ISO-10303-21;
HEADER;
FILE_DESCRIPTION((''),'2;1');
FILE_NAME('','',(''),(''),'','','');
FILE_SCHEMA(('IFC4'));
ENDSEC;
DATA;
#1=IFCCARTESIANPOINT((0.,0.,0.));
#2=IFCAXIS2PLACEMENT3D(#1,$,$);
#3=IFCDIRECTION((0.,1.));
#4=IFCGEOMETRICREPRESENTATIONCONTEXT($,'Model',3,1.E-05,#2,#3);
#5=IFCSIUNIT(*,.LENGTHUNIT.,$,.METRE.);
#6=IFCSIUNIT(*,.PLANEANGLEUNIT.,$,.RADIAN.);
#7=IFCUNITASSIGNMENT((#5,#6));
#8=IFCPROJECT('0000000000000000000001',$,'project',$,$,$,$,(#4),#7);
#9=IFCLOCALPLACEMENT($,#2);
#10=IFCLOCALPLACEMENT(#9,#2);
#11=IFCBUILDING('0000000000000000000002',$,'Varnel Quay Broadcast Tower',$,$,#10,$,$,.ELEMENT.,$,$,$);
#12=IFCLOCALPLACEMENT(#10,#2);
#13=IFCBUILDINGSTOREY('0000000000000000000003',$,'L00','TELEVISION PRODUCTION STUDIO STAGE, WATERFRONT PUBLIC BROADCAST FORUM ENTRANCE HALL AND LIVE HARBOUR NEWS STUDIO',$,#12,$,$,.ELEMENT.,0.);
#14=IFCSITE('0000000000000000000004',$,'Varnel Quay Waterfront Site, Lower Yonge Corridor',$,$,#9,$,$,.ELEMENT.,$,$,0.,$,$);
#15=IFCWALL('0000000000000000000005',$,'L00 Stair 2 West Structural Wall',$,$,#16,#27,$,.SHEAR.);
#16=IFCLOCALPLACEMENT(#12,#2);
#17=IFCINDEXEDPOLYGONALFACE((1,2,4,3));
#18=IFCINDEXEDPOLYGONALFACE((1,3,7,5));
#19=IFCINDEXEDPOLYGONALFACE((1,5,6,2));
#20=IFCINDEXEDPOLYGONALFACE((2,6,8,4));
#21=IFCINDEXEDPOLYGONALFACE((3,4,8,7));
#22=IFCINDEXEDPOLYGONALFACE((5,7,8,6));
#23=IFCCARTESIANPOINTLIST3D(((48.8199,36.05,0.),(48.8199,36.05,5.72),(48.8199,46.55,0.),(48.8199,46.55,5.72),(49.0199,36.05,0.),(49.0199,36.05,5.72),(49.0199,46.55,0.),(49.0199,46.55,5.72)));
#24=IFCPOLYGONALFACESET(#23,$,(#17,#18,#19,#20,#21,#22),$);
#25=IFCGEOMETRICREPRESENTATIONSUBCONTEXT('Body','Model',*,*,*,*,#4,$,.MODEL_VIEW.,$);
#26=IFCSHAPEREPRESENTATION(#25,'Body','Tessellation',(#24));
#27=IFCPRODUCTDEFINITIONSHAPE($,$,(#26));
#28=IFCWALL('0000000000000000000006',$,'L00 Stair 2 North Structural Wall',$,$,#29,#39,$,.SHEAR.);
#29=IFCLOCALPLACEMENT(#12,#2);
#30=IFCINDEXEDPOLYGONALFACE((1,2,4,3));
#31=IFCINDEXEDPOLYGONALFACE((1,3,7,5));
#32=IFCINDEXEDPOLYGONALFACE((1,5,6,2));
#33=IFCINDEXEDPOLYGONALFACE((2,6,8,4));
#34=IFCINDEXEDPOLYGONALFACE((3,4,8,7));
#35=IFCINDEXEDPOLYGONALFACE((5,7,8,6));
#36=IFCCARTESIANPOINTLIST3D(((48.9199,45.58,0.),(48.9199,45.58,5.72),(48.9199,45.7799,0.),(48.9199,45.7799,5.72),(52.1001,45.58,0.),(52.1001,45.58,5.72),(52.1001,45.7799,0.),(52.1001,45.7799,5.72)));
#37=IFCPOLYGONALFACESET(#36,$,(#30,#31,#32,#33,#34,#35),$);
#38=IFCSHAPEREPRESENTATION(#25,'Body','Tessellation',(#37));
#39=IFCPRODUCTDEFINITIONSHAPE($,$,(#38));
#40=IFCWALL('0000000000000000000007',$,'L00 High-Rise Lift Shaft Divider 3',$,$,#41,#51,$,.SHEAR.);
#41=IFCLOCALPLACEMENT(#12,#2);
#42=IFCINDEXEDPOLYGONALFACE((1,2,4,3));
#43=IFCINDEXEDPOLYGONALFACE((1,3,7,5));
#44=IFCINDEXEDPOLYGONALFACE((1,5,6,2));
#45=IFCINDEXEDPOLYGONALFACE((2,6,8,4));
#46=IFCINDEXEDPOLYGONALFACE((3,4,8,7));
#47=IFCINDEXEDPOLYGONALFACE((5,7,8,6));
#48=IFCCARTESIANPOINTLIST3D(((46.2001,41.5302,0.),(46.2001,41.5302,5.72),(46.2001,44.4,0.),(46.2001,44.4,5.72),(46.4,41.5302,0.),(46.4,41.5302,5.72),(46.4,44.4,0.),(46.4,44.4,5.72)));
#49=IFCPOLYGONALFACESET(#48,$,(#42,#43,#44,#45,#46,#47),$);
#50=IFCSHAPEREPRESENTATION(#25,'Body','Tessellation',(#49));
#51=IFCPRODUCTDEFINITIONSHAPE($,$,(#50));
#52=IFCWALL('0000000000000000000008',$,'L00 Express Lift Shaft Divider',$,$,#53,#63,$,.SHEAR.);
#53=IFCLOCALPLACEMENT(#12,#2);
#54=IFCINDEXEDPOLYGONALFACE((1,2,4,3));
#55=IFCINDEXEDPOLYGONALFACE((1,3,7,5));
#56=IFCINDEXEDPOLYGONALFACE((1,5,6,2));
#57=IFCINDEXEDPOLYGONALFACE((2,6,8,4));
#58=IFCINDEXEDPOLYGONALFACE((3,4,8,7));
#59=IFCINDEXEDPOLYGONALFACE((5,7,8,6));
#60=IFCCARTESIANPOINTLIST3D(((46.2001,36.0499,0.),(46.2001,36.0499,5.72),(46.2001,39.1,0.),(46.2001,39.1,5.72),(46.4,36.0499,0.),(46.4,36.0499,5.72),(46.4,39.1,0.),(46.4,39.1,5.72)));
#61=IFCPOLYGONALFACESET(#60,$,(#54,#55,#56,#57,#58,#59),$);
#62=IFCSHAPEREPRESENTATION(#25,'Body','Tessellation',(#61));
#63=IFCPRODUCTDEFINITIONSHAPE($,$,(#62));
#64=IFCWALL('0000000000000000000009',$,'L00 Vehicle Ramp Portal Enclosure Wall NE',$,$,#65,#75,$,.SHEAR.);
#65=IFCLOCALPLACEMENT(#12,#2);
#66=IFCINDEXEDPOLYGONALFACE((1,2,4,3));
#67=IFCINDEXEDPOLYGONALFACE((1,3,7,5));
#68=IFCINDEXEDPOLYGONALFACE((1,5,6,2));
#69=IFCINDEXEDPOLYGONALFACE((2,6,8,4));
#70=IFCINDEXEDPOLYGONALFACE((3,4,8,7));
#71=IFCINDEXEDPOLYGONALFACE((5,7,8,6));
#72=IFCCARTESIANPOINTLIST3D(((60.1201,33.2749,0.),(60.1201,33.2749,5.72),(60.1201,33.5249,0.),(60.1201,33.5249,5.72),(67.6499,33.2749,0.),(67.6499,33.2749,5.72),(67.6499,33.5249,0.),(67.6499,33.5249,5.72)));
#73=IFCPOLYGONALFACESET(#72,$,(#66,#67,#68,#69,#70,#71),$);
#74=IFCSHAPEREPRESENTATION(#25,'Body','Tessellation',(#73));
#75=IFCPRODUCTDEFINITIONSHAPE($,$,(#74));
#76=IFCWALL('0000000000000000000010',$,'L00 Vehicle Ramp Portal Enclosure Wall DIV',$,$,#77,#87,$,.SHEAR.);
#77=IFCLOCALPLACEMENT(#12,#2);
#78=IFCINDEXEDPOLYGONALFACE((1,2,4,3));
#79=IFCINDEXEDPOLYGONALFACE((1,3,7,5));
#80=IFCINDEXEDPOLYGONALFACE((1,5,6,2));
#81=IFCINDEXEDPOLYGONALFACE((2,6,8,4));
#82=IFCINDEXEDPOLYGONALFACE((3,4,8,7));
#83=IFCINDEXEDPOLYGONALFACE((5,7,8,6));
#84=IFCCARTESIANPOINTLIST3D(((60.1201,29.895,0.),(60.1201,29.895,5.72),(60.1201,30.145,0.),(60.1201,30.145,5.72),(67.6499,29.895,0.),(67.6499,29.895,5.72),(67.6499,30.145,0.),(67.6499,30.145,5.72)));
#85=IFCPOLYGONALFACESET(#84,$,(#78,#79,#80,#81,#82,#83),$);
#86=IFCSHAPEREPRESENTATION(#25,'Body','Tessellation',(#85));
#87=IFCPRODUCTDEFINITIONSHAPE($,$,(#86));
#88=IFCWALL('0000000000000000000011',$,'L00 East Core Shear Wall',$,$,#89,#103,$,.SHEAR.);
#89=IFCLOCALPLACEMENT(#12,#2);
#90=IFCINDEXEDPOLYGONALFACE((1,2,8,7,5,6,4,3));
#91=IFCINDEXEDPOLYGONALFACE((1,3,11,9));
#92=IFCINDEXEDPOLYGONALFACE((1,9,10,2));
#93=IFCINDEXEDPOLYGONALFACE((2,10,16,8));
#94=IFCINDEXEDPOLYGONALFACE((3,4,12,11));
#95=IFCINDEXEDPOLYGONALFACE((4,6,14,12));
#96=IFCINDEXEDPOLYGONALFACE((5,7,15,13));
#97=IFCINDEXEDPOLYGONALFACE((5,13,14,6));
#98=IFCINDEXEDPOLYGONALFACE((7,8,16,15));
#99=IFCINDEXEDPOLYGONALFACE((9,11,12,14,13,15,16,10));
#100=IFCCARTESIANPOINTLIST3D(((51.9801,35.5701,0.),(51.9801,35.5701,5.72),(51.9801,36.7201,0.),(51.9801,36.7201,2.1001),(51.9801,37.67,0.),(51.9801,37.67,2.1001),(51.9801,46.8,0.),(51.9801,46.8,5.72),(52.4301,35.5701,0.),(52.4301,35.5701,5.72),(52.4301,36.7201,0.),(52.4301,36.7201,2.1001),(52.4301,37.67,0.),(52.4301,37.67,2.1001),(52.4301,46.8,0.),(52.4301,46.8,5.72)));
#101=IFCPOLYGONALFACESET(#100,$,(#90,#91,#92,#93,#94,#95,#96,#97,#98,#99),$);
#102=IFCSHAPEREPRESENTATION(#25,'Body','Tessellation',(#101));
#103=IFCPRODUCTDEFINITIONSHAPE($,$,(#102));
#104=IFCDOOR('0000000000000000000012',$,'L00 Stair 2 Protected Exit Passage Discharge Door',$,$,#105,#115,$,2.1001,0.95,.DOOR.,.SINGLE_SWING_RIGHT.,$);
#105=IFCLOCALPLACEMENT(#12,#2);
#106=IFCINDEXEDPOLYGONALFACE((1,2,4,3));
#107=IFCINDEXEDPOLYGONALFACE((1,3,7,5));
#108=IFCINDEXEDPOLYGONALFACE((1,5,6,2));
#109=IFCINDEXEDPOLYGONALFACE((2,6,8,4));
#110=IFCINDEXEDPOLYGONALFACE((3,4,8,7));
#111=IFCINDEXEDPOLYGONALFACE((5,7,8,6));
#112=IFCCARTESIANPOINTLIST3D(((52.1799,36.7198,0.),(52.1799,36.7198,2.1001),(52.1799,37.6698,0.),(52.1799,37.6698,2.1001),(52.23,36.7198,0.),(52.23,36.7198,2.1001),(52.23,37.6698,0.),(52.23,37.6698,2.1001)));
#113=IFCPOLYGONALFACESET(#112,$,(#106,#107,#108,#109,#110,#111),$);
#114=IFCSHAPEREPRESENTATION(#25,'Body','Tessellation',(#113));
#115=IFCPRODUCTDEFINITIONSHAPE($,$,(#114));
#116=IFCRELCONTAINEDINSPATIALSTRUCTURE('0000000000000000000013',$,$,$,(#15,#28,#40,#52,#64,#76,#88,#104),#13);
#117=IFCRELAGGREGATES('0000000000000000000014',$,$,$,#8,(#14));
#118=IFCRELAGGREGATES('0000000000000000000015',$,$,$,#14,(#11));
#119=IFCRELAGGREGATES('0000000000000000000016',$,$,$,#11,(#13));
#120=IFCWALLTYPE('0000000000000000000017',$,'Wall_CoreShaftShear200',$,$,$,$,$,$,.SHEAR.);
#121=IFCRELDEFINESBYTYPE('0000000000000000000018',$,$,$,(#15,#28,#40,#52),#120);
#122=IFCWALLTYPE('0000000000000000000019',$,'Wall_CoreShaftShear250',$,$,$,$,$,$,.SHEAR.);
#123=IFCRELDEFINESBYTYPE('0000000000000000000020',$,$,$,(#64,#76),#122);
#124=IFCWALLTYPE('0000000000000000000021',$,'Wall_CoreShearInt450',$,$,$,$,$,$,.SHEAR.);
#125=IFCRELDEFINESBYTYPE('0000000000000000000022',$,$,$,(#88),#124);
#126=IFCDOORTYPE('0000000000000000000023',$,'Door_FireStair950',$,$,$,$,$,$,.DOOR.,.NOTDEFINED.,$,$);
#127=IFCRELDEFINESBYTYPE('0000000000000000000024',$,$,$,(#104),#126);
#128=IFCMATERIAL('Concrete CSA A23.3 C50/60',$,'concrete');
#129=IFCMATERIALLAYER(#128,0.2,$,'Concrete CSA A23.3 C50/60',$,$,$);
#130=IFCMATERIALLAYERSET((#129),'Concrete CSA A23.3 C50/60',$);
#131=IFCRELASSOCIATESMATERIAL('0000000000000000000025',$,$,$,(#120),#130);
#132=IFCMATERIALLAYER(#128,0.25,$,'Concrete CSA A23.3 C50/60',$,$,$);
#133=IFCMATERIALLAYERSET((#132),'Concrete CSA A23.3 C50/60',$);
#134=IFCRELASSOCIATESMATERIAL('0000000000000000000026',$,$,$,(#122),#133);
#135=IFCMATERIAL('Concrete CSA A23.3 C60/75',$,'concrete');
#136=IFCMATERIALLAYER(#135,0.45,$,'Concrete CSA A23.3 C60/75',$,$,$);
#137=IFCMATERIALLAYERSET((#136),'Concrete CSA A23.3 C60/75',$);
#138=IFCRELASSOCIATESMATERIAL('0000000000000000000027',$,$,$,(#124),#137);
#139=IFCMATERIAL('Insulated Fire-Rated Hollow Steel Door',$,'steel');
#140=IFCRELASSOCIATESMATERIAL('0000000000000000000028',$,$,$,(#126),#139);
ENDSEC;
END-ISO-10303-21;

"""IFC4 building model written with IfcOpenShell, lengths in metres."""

from ifc_helpers import new_model, si_unit, direction, frame, frame_2d, origin, place, context, subcontext, project, spatial, rectangle, extrude, source, transform, mapped, material, layer, layer_set, type_object, type_shapes, element, fill, save


model = new_model("IFC4")

# Units and contexts
model_context = context("Model", 3, precision=1e-05, world=origin(), true_north=direction((0.0, 1.0)))
body_context = subcontext(model_context, "Body", "Model", "MODEL_VIEW")
ifc_project = project(units=[si_unit("LENGTHUNIT", "METRE"), si_unit("PLANEANGLEUNIT", "RADIAN")], contexts=[model_context])

# Site, building, storey
site_placement = place(None, origin())
site = spatial("IfcSite", under=ifc_project, at=site_placement, Name="Varnel Quay Waterfront Site, Lower Yonge Corridor", CompositionType="ELEMENT", RefElevation=0.0)
building_placement = place(site_placement, origin())
building = spatial("IfcBuilding", under=site, at=building_placement, Name="Varnel Quay Broadcast Tower", CompositionType="ELEMENT")
storey_placement = place(building_placement, origin())
storey = spatial("IfcBuildingStorey", under=building, at=storey_placement, Name="L00", Description="TELEVISION PRODUCTION STUDIO STAGE, WATERFRONT PUBLIC BROADCAST FORUM ENTRANCE HALL AND LIVE HARBOUR NEWS STUDIO", CompositionType="ELEMENT", Elevation=0.0)

# Walls
ifc_material_1 = material(Name="Concrete CSA A23.3 C50/60", Category="concrete")
ifc_layer_1 = layer(ifc_material_1, 0.2, Name="Concrete CSA A23.3 C50/60")
ifc_layer_set_1 = layer_set([ifc_layer_1], Name="Concrete CSA A23.3 C50/60")
wall_type_1 = type_object("IfcWallType", Name="Wall_CoreShaftShear200", PredefinedType="SHEAR", material=ifc_layer_set_1)
wall_1_placement = place(storey_placement, frame((48.9199, 36.05, 0.0), z_axis=(0.0, 0.0, 1.0), x_axis=(0.0, 1.0, 0.0)))
element("IfcWall", 1, at=wall_1_placement, inside=storey, type_object=wall_type_1, Name="L00 Stair 2 West Structural Wall", PredefinedType="SHEAR", context=body_context, shape_type="SweptSolid", body=[
    extrude(rectangle(XDim=10.5, YDim=0.2, at=frame_2d((5.25, 0.0))), origin(), (0.0, 0.0, 1.0), 5.72),
])
wall_2_placement = place(storey_placement, frame((48.9199, 45.6799, 0.0), z_axis=(0.0, 0.0, 1.0), x_axis=(1.0, 0.0, 0.0)))
element("IfcWall", 2, at=wall_2_placement, inside=storey, type_object=wall_type_1, Name="L00 Stair 2 North Structural Wall", PredefinedType="SHEAR", context=body_context, shape_type="SweptSolid", body=[
    extrude(rectangle(XDim=3.1802, YDim=0.2, at=frame_2d((1.5901, 0.0))), origin(), (0.0, 0.0, 1.0), 5.72),
])
wall_3_placement = place(storey_placement, frame((46.3, 41.53, 0.0), z_axis=(0.0, 0.0, 1.0), x_axis=(0.0, 1.0, 0.0)))
element("IfcWall", 3, at=wall_3_placement, inside=storey, type_object=wall_type_1, Name="L00 High-Rise Lift Shaft Divider 3", PredefinedType="SHEAR", context=body_context, shape_type="SweptSolid", body=[
    extrude(rectangle(XDim=2.8699, YDim=0.2, at=frame_2d((1.4351, 0.0))), origin(), (0.0, 0.0, 1.0), 5.72),
])
wall_4_placement = place(storey_placement, frame((46.3, 36.05, 0.0), z_axis=(0.0, 0.0, 1.0), x_axis=(0.0, 1.0, 0.0)))
element("IfcWall", 4, at=wall_4_placement, inside=storey, type_object=wall_type_1, Name="L00 Express Lift Shaft Divider", PredefinedType="SHEAR", context=body_context, shape_type="SweptSolid", body=[
    extrude(rectangle(XDim=3.05, YDim=0.2, at=frame_2d((1.5249, 0.0))), origin(), (0.0, 0.0, 1.0), 5.72),
])
ifc_layer_2 = layer(ifc_material_1, 0.25, Name="Concrete CSA A23.3 C50/60")
ifc_layer_set_2 = layer_set([ifc_layer_2], Name="Concrete CSA A23.3 C50/60")
wall_type_2 = type_object("IfcWallType", Name="Wall_CoreShaftShear250", PredefinedType="SHEAR", material=ifc_layer_set_2)
for number, where, z_axis, x_axis, name in (
    (5, (60.1201, 33.3999, 0.0), (0.0, 0.0, 1.0), (1.0, 0.0, 0.0), "L00 Vehicle Ramp Portal Enclosure Wall NE"),
    (6, (60.1201, 30.02, 0.0), (0.0, 0.0, 1.0), (1.0, 0.0, 0.0), "L00 Vehicle Ramp Portal Enclosure Wall DIV"),
):
    element("IfcWall", number, at=place(storey_placement, frame(where, z_axis=z_axis, x_axis=x_axis)), inside=storey, type_object=wall_type_2, Name=name, PredefinedType="SHEAR", context=body_context, shape_type="SweptSolid", body=[
        extrude(rectangle(XDim=7.5298, YDim=0.25, at=frame_2d((3.7649, 0.0))), origin(), (0.0, 0.0, 1.0), 5.72),
    ])

# Wall, opening, door
ifc_material_2 = material(Name="Concrete CSA A23.3 C60/75", Category="concrete")
ifc_layer_3 = layer(ifc_material_2, 0.45, Name="Concrete CSA A23.3 C60/75")
ifc_layer_set_3 = layer_set([ifc_layer_3], Name="Concrete CSA A23.3 C60/75")
wall_type_3 = type_object("IfcWallType", Name="Wall_CoreShearInt450", PredefinedType="SHEAR", material=ifc_layer_set_3)
wall_5_placement = place(storey_placement, frame((52.2051, 35.5701, 0.0), z_axis=(0.0, 0.0, 1.0), x_axis=(0.0, 1.0, 0.0)))
wall_5 = element("IfcWall", 7, at=wall_5_placement, inside=storey, type_object=wall_type_3, Name="L00 East Core Shear Wall", PredefinedType="SHEAR", context=body_context, shape_type="SweptSolid", body=[
    extrude(rectangle(XDim=11.23, YDim=0.45, at=frame_2d((5.615, 0.0))), origin(), (0.0, 0.0, 1.0), 5.72),
])
opening_1_placement = place(wall_5_placement, frame((1.1499, 0.0, 0.0)))
opening_1 = element("IfcOpeningElement", 8, at=opening_1_placement, cuts=wall_5, PredefinedType="OPENING", context=body_context, shape_type="SweptSolid", body=[
    extrude(rectangle(XDim=0.95, YDim=2.1001, at=frame_2d((0.4751, 1.05))), frame((0.0, 0.2349, 0.0), z_axis=(0.0, -1.0, 0.0), x_axis=(1.0, 0.0, 0.0)), (0.0, 0.0, 1.0), 0.47),
])
ifc_material_3 = material(Name="Insulated Fire-Rated Hollow Steel Door", Category="steel")
door_type_1 = type_object("IfcDoorType", Name="Door_FireStair950", OperationType="NOTDEFINED", PredefinedType="DOOR", material=ifc_material_3)
shared_shape_1 = source(origin(), body_context, "Body", "SweptSolid", [
    extrude(rectangle(XDim=0.95, YDim=2.1001, at=frame_2d((0.4751, 1.05))), frame((0.0, 0.0249, 0.0), z_axis=(0.0, -1.0, 0.0), x_axis=(1.0, 0.0, 0.0)), (0.0, 0.0, 1.0), 0.05),
])
type_shapes(door_type_1, [shared_shape_1])
door_1_placement = place(opening_1_placement, frame((0.95, 0.0, 0.0), z_axis=(0.0, 0.0, 1.0), x_axis=(-1.0, 0.0, 0.0)))
door_1 = element("IfcDoor", 9, at=door_1_placement, inside=storey, type_object=door_type_1, Name="L00 Stair 2 Protected Exit Passage Discharge Door", OperationType="SINGLE_SWING_RIGHT", OverallHeight=2.1001, OverallWidth=0.95, PredefinedType="DOOR", context=body_context, shape_type="MappedRepresentation", body=[
    mapped(shared_shape_1, transform((0.0, 0.0, 0.0), x_axis=(1.0, 0.0, 0.0), y_axis=(0.0, 1.0, 0.0), z_axis=(0.0, 0.0, 1.0), scale=1.0)),
])
fill(opening_1, door_1)

save(model, "model.ifc")
